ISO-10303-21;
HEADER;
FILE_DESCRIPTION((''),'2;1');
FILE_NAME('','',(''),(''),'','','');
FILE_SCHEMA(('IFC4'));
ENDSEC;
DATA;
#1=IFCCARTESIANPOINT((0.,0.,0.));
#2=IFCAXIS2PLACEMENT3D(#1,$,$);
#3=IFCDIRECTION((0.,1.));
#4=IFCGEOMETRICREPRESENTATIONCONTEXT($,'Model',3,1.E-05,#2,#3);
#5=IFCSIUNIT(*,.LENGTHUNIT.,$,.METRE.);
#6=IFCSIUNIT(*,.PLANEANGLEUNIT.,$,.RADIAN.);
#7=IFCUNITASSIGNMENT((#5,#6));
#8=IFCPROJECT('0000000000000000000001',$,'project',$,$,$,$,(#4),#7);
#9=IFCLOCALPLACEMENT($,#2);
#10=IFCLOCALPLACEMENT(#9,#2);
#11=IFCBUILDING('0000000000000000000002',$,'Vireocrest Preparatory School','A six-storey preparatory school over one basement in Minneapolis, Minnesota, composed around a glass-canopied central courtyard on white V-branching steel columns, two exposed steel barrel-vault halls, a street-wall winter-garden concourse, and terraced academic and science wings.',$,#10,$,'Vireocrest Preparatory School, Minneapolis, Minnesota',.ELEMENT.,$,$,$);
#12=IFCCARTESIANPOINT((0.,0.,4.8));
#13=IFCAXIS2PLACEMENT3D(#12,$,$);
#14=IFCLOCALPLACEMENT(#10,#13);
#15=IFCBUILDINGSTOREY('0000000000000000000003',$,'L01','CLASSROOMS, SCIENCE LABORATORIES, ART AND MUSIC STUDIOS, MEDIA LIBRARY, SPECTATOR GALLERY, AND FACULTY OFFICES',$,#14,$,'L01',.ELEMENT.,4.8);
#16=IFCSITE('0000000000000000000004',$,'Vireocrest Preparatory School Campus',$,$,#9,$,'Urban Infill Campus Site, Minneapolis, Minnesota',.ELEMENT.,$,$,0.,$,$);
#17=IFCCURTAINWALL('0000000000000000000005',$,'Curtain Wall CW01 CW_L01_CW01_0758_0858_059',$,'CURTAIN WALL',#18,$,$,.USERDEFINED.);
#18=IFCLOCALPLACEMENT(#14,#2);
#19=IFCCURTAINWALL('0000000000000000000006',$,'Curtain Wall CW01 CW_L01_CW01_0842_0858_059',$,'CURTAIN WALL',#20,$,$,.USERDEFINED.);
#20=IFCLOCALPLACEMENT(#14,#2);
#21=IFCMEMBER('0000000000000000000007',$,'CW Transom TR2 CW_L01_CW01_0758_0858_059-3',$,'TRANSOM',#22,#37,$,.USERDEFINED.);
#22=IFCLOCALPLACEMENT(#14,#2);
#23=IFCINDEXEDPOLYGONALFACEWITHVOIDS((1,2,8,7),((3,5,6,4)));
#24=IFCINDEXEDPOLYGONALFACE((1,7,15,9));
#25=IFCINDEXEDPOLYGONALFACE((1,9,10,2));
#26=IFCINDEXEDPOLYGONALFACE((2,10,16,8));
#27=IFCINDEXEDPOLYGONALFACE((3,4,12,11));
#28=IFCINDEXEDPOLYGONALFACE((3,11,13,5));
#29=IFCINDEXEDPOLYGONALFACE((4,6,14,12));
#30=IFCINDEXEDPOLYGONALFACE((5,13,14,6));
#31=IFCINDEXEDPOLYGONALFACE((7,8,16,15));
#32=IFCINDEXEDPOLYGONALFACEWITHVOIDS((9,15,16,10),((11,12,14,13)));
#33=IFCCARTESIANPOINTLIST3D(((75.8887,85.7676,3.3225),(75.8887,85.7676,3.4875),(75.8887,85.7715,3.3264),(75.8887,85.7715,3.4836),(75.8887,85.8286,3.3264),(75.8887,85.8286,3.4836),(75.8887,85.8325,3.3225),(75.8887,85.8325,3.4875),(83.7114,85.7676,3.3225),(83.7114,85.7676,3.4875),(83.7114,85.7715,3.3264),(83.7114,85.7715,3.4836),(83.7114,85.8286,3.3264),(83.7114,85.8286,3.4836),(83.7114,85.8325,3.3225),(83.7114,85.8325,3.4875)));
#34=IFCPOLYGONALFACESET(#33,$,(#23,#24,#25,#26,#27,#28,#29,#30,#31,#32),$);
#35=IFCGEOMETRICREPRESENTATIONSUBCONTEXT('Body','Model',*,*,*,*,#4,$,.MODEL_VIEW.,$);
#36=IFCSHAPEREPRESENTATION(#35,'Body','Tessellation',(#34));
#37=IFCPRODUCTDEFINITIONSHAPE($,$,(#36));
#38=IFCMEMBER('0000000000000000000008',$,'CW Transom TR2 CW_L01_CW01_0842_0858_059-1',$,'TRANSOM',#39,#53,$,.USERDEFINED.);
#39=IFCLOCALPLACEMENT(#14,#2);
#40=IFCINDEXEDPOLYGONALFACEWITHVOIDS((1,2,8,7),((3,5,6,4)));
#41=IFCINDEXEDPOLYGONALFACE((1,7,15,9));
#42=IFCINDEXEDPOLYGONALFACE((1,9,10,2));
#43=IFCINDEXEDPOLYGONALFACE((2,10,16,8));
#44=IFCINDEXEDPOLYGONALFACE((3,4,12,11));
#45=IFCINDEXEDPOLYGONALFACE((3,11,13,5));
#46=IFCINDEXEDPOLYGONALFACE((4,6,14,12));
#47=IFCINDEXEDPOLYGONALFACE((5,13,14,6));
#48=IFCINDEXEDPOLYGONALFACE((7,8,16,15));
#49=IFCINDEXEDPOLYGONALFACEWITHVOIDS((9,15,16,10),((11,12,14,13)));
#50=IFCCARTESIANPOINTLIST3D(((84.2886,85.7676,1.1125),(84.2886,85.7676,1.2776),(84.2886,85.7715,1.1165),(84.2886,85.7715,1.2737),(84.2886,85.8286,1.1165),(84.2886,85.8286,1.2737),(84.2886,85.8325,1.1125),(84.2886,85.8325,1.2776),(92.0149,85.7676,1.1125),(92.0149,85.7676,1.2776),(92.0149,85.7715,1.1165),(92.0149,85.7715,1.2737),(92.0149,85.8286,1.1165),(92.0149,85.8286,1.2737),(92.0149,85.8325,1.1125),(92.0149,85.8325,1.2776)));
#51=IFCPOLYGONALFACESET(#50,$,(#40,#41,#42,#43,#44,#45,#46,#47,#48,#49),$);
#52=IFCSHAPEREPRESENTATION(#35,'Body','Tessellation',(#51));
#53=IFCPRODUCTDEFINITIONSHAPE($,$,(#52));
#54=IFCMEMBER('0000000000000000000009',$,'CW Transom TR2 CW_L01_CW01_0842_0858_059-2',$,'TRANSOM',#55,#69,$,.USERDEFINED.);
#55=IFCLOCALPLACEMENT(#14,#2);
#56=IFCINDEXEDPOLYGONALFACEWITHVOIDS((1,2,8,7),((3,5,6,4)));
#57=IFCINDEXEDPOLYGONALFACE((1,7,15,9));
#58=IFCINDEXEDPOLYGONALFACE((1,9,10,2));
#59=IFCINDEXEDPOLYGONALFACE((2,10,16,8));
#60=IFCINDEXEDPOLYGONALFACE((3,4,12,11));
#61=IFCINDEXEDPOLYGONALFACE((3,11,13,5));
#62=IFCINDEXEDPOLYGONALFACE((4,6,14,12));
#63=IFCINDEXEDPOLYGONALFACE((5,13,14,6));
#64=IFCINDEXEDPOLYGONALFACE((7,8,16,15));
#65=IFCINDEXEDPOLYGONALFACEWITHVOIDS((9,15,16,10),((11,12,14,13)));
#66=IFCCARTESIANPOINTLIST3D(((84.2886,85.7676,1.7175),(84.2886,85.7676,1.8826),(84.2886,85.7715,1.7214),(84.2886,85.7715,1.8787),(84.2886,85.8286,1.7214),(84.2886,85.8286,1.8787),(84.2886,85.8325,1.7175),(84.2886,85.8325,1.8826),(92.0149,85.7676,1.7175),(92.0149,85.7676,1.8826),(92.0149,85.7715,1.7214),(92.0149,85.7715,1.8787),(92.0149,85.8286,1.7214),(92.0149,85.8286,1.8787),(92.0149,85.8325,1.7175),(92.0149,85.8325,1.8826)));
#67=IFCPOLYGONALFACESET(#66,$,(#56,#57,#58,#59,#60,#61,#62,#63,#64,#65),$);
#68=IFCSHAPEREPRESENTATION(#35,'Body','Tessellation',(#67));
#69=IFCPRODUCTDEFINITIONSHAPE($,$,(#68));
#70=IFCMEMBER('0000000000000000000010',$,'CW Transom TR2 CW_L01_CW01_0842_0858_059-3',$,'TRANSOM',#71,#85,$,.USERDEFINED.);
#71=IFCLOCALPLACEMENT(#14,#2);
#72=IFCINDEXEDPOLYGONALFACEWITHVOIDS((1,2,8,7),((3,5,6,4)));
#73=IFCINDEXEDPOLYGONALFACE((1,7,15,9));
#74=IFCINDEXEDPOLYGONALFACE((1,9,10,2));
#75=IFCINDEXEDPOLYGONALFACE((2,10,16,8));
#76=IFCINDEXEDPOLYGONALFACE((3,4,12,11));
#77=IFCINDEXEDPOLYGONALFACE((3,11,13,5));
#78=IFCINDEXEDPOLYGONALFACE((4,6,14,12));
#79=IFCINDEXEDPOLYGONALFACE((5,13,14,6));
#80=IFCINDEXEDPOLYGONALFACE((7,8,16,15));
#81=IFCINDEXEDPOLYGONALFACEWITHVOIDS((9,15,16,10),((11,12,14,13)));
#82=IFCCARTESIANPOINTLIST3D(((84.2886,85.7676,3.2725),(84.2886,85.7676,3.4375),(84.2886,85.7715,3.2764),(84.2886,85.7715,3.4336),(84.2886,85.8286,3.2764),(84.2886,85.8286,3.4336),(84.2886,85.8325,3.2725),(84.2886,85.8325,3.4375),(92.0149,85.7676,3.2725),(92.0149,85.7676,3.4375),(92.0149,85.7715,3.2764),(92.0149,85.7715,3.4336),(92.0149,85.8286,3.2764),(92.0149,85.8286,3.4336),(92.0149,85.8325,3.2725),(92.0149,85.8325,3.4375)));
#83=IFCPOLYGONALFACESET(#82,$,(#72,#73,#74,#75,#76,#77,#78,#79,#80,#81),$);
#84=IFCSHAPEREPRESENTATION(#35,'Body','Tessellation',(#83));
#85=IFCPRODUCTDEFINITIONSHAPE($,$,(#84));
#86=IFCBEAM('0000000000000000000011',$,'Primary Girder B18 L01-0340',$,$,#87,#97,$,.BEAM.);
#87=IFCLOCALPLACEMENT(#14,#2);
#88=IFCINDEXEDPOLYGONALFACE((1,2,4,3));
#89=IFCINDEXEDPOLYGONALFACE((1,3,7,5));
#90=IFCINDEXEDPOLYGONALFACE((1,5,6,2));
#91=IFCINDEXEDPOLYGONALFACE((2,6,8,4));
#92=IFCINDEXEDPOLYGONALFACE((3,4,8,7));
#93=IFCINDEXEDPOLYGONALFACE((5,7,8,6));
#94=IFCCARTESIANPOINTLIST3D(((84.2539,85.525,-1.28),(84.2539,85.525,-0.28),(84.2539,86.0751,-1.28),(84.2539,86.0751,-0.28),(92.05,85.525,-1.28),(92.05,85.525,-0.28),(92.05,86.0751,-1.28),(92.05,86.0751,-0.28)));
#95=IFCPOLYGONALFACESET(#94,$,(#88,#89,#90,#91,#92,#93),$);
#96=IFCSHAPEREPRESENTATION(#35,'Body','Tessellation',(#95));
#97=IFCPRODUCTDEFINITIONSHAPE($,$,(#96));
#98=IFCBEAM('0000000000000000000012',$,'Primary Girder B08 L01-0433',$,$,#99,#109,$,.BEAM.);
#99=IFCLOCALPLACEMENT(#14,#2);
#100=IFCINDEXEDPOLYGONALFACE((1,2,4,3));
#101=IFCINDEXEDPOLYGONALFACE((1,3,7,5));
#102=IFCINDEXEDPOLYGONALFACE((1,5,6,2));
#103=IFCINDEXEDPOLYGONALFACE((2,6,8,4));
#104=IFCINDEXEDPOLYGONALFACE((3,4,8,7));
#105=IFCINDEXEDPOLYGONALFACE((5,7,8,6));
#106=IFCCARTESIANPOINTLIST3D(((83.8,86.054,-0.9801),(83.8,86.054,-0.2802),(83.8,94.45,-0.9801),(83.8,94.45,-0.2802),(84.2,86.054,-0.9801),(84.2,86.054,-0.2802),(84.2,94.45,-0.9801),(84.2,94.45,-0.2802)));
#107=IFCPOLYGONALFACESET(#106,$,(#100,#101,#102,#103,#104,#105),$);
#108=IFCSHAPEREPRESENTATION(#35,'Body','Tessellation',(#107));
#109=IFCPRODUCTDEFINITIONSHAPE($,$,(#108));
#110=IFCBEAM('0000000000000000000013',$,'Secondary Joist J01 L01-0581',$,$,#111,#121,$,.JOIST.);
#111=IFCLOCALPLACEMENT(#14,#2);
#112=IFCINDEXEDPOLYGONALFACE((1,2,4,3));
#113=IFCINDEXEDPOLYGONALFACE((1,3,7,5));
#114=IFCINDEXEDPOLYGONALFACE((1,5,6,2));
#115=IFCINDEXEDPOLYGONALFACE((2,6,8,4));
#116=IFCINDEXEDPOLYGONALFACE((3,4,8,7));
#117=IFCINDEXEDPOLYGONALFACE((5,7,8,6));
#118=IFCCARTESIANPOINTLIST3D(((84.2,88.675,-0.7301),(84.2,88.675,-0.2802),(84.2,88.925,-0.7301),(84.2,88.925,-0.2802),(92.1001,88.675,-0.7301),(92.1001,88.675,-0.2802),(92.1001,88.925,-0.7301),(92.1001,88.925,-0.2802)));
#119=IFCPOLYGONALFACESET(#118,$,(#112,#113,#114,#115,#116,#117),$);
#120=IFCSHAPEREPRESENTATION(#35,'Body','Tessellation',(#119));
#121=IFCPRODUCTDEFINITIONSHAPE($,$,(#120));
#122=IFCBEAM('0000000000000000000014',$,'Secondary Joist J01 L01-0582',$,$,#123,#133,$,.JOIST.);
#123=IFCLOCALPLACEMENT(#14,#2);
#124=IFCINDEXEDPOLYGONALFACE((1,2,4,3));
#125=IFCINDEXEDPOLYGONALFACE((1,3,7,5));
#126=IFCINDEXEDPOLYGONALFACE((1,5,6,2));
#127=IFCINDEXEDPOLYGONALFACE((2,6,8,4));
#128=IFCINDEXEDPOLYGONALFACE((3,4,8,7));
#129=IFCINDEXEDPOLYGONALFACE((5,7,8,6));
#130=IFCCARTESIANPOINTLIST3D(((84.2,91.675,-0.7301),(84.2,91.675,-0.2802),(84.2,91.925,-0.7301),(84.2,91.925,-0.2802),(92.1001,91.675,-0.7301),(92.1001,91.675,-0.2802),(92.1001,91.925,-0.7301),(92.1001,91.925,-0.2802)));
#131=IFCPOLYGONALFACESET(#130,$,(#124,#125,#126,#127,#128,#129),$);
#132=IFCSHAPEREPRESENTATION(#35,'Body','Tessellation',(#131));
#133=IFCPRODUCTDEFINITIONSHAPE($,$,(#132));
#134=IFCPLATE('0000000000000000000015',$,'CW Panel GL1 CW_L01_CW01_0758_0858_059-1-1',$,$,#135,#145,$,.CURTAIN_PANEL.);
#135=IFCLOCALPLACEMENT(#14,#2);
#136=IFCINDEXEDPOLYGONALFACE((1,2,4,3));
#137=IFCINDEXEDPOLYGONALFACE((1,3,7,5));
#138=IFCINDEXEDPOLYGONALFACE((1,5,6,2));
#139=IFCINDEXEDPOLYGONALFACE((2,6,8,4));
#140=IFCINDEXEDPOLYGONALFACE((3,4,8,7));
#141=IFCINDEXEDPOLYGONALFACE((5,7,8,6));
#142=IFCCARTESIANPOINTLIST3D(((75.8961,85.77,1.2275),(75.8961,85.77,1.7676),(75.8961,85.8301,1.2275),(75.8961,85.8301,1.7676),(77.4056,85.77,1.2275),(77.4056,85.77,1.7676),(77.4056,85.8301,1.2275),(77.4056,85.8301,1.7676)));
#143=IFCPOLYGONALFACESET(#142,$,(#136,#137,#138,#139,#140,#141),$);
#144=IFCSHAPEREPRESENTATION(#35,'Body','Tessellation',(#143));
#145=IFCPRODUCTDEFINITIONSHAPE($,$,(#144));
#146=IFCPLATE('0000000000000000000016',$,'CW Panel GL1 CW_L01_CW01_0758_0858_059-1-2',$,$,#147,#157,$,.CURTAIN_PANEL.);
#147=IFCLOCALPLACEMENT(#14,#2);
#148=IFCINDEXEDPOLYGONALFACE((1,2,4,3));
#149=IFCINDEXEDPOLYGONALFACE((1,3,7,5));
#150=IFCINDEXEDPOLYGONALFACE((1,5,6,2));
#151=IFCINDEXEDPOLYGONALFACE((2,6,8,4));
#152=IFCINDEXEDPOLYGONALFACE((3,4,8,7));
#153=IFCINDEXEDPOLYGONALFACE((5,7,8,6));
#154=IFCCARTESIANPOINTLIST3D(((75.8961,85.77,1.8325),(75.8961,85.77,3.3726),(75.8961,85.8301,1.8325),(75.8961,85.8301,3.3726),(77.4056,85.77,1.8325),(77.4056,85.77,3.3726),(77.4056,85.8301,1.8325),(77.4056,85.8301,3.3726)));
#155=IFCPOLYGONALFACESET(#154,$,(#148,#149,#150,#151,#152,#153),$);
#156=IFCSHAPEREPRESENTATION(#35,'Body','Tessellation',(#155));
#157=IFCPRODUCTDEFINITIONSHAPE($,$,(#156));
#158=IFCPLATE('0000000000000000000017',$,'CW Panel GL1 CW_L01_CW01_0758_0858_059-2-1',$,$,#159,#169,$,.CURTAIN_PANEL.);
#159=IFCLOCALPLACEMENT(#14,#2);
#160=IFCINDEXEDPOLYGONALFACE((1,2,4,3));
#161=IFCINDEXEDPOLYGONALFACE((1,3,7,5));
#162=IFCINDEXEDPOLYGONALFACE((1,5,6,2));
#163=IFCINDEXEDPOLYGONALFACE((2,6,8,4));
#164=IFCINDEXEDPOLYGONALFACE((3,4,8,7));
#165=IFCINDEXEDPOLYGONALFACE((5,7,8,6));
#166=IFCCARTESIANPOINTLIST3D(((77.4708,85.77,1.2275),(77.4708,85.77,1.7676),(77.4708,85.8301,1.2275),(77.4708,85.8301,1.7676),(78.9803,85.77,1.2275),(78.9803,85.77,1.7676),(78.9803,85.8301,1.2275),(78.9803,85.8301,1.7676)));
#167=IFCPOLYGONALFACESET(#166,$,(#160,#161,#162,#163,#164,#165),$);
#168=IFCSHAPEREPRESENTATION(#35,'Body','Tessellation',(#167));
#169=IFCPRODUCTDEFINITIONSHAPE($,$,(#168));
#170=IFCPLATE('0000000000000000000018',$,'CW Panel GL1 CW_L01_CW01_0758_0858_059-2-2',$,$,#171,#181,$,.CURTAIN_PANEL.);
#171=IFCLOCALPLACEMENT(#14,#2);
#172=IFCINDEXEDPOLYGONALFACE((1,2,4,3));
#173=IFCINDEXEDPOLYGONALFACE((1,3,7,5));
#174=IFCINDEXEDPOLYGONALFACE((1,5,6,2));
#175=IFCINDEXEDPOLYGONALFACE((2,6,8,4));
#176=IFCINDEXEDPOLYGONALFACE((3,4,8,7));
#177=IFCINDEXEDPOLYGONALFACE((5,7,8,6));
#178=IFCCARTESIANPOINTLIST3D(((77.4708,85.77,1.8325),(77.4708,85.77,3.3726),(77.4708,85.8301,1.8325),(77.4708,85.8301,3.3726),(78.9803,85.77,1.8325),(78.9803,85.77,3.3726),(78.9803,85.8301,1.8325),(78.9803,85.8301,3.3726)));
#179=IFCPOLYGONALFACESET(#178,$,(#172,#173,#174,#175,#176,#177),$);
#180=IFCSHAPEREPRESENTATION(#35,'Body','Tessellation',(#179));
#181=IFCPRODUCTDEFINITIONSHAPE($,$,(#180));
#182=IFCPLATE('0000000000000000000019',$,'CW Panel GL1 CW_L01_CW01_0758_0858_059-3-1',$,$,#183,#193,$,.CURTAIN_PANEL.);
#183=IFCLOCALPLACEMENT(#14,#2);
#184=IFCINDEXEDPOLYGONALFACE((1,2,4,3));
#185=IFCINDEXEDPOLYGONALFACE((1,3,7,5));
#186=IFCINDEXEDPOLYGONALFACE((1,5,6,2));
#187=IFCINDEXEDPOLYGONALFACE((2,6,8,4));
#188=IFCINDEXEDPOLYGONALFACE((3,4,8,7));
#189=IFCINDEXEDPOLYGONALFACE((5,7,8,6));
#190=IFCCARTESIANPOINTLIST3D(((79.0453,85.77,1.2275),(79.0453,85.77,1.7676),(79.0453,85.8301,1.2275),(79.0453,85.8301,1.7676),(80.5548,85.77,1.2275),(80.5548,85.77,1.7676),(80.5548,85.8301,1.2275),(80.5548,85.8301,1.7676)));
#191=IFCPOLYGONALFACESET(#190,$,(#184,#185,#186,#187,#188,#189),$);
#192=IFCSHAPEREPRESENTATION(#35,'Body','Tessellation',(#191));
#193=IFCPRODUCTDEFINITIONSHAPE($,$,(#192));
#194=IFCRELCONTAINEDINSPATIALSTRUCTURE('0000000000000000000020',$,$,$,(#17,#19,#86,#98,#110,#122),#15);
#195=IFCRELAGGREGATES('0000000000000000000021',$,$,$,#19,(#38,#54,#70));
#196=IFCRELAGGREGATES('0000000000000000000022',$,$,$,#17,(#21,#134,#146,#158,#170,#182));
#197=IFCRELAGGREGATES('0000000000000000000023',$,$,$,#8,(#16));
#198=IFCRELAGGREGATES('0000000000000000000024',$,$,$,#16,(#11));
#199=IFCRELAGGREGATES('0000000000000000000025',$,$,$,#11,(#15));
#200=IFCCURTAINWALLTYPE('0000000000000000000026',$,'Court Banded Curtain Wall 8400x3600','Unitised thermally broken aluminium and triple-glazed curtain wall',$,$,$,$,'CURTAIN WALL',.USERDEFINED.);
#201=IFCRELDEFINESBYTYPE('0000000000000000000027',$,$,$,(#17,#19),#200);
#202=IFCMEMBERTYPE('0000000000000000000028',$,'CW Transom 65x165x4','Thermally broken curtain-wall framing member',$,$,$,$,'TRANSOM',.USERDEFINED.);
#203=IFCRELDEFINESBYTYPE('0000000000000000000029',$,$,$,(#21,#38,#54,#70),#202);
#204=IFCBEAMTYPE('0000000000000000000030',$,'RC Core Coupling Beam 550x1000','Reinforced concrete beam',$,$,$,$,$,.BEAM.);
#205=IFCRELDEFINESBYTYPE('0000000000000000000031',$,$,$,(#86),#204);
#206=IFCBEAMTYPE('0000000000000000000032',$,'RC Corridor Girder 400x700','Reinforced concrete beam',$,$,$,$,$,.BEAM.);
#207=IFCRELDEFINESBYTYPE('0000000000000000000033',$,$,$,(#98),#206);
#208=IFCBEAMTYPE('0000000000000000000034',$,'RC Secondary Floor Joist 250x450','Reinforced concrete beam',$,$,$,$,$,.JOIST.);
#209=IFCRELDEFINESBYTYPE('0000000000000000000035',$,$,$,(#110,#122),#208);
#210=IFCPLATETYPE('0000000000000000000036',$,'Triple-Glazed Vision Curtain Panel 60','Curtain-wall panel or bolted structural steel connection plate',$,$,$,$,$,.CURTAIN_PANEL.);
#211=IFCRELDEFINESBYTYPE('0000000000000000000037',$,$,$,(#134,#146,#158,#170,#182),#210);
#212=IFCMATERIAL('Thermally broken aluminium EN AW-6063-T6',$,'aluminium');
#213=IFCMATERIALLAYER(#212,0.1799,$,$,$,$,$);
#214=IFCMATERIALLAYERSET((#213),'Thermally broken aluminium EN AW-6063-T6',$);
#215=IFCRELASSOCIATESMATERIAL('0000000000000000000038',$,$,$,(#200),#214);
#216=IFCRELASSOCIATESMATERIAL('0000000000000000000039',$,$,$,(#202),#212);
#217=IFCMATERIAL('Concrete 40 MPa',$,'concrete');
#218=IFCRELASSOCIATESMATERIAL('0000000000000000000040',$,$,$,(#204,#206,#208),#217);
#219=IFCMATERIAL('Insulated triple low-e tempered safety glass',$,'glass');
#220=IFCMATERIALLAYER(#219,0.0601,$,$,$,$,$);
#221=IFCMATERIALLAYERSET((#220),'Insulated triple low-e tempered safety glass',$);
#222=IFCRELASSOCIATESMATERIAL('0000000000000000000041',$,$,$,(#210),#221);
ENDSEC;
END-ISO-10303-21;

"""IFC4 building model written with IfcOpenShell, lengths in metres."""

from ifc_helpers import new_model, si_unit, direction, frame, origin, origin_2d, place, context, subcontext, project, spatial, rectangle, hollow_rectangle, extrude, material, layer, layer_set, material_profile, profile_set, type_object, element, aggregate, save


model = new_model("IFC4")

# Units and contexts
model_context = context("Model", 3, precision=1e-05, world=origin(), true_north=direction((0.0, 1.0)))
body_context = subcontext(model_context, "Body", "Model", "MODEL_VIEW")
ifc_project = project(units=[si_unit("LENGTHUNIT", "METRE"), si_unit("PLANEANGLEUNIT", "RADIAN")], contexts=[model_context])

# Site, building, storey
site_placement = place(None, origin())
site = spatial("IfcSite", under=ifc_project, at=site_placement, Name="Vireocrest Preparatory School Campus", LongName="Urban Infill Campus Site, Minneapolis, Minnesota", CompositionType="ELEMENT", RefElevation=0.0)
building_placement = place(site_placement, origin())
building = spatial("IfcBuilding", under=site, at=building_placement, Name="Vireocrest Preparatory School", Description="A six-storey preparatory school over one basement in Minneapolis, Minnesota, composed around a glass-canopied central courtyard on white V-branching steel columns, two exposed steel barrel-vault halls, a street-wall winter-garden concourse, and terraced academic and science wings.", LongName="Vireocrest Preparatory School, Minneapolis, Minnesota", CompositionType="ELEMENT")
storey_placement = place(building_placement, frame((0.0, 0.0, 4.8)))
storey = spatial("IfcBuildingStorey", under=building, at=storey_placement, Name="L01", Description="CLASSROOMS, SCIENCE LABORATORIES, ART AND MUSIC STUDIOS, MEDIA LIBRARY, SPECTATOR GALLERY, AND FACULTY OFFICES", LongName="L01", CompositionType="ELEMENT", Elevation=4.8)

# Curtain wall
ifc_material_1 = material(Name="Thermally broken aluminium EN AW-6063-T6", Category="aluminium")
ifc_layer_1 = layer(ifc_material_1, 0.1799)
ifc_layer_set_1 = layer_set([ifc_layer_1], Name="Thermally broken aluminium EN AW-6063-T6")
curtain_wall_type = type_object("IfcCurtainWallType", Name="Court Banded Curtain Wall 8400x3600", Description="Unitised thermally broken aluminium and triple-glazed curtain wall", ElementType="CURTAIN WALL", PredefinedType="USERDEFINED", material=ifc_layer_set_1)
curtain_wall_1_placement = place(storey_placement, origin())
curtain_wall_1 = element("IfcCurtainWall", 1, at=curtain_wall_1_placement, inside=storey, type_object=curtain_wall_type, Name="Curtain Wall CW01 CW_L01_CW01_0758_0858_059", ObjectType="CURTAIN WALL", PredefinedType="USERDEFINED")

# Curtain wall
curtain_wall_2_placement = place(storey_placement, origin())
curtain_wall_2 = element("IfcCurtainWall", 2, at=curtain_wall_2_placement, inside=storey, type_object=curtain_wall_type, Name="Curtain Wall CW01 CW_L01_CW01_0842_0858_059", ObjectType="CURTAIN WALL", PredefinedType="USERDEFINED")

# Members
ifc_material_profile_1 = material_profile(ifc_material_1, hollow_rectangle(XDim=0.0649, YDim=0.165, WallThickness=0.0039, at=origin_2d()), Name="ALU 65x165x4")
ifc_profile_set_1 = profile_set([ifc_material_profile_1], Name="Thermally broken aluminium EN AW-6063-T6")
member_type_1 = type_object("IfcMemberType", Name="CW Transom 65x165x4", Description="Thermally broken curtain-wall framing member", ElementType="TRANSOM", PredefinedType="USERDEFINED", material=ifc_profile_set_1)
member_1_placement = place(storey_placement, frame((75.8887, 85.8, 3.405), z_axis=(1.0, 0.0, 0.0), x_axis=(0.0, 1.0, 0.0)))
member_1 = element("IfcMember", 3, at=member_1_placement, type_object=member_type_1, Name="CW Transom TR2 CW_L01_CW01_0758_0858_059-3", ObjectType="TRANSOM", PredefinedType="USERDEFINED", context=body_context, shape_type="SweptSolid", body=[
    extrude(hollow_rectangle(XDim=0.0649, YDim=0.165, WallThickness=0.0039, at=origin_2d()), origin(), (0.0, 0.0, 1.0), 7.8228),
])
member_2_placement = place(storey_placement, frame((84.2886, 85.8, 1.1951), z_axis=(1.0, 0.0, 0.0), x_axis=(0.0, 1.0, 0.0)))
member_2 = element("IfcMember", 4, at=member_2_placement, type_object=member_type_1, Name="CW Transom TR2 CW_L01_CW01_0842_0858_059-1", ObjectType="TRANSOM", PredefinedType="USERDEFINED", context=body_context, shape_type="SweptSolid", body=[
    extrude(hollow_rectangle(XDim=0.0649, YDim=0.165, WallThickness=0.0039, at=origin_2d()), origin(), (0.0, 0.0, 1.0), 7.7263),
])
member_3_placement = place(storey_placement, frame((84.2886, 85.8, 1.8), z_axis=(1.0, 0.0, 0.0), x_axis=(0.0, 1.0, 0.0)))
member_3 = element("IfcMember", 5, at=member_3_placement, type_object=member_type_1, Name="CW Transom TR2 CW_L01_CW01_0842_0858_059-2", ObjectType="TRANSOM", PredefinedType="USERDEFINED", context=body_context, shape_type="SweptSolid", body=[
    extrude(hollow_rectangle(XDim=0.0649, YDim=0.165, WallThickness=0.0039, at=origin_2d()), origin(), (0.0, 0.0, 1.0), 7.7263),
])
member_4_placement = place(storey_placement, frame((84.2886, 85.8, 3.355), z_axis=(1.0, 0.0, 0.0), x_axis=(0.0, 1.0, 0.0)))
member_4 = element("IfcMember", 6, at=member_4_placement, type_object=member_type_1, Name="CW Transom TR2 CW_L01_CW01_0842_0858_059-3", ObjectType="TRANSOM", PredefinedType="USERDEFINED", context=body_context, shape_type="SweptSolid", body=[
    extrude(hollow_rectangle(XDim=0.0649, YDim=0.165, WallThickness=0.0039, at=origin_2d()), origin(), (0.0, 0.0, 1.0), 7.7263),
])
aggregate(curtain_wall_2, [member_2, member_3, member_4])

# Beams
ifc_material_2 = material(Name="Concrete 40 MPa", Category="concrete")
ifc_material_profile_2 = material_profile(ifc_material_2, rectangle(XDim=0.55, YDim=1.0, at=origin_2d()), Name="RC 550x1000")
ifc_profile_set_2 = profile_set([ifc_material_profile_2], Name="Concrete 40 MPa")
beam_type_1 = type_object("IfcBeamType", Name="RC Core Coupling Beam 550x1000", Description="Reinforced concrete beam", PredefinedType="BEAM", material=ifc_profile_set_2)
beam_1_placement = place(storey_placement, frame((84.2539, 85.8, -0.78), z_axis=(1.0, 0.0, 0.0), x_axis=(0.0, 1.0, 0.0)))
element("IfcBeam", 7, at=beam_1_placement, inside=storey, type_object=beam_type_1, Name="Primary Girder B18 L01-0340", PredefinedType="BEAM", context=body_context, shape_type="SweptSolid", body=[
    extrude(rectangle(XDim=0.55, YDim=1.0, at=origin_2d()), origin(), (0.0, 0.0, 1.0), 7.7961),
])
ifc_material_profile_3 = material_profile(ifc_material_2, rectangle(XDim=0.3999, YDim=0.7, at=origin_2d()), Name="RC 400x700")
ifc_profile_set_3 = profile_set([ifc_material_profile_3], Name="Concrete 40 MPa")
beam_type_2 = type_object("IfcBeamType", Name="RC Corridor Girder 400x700", Description="Reinforced concrete beam", PredefinedType="BEAM", material=ifc_profile_set_3)
beam_2_placement = place(storey_placement, frame((84.0, 86.054, -0.6301), z_axis=(0.0, 1.0, 0.0), x_axis=(-1.0, 0.0, 0.0)))
element("IfcBeam", 8, at=beam_2_placement, inside=storey, type_object=beam_type_2, Name="Primary Girder B08 L01-0433", PredefinedType="BEAM", context=body_context, shape_type="SweptSolid", body=[
    extrude(rectangle(XDim=0.3999, YDim=0.7, at=origin_2d()), origin(), (0.0, 0.0, 1.0), 8.396),
])
ifc_material_profile_4 = material_profile(ifc_material_2, rectangle(XDim=0.25, YDim=0.45, at=origin_2d()), Name="RC 250x450")
ifc_profile_set_4 = profile_set([ifc_material_profile_4], Name="Concrete 40 MPa")
beam_type_3 = type_object("IfcBeamType", Name="RC Secondary Floor Joist 250x450", Description="Reinforced concrete beam", PredefinedType="JOIST", material=ifc_profile_set_4)
for number, where, z_axis, x_axis, name in (
    (9, (84.2, 88.8, -0.5051), (1.0, 0.0, 0.0), (0.0, 1.0, 0.0), "Secondary Joist J01 L01-0581"),
    (10, (84.2, 91.8, -0.5051), (1.0, 0.0, 0.0), (0.0, 1.0, 0.0), "Secondary Joist J01 L01-0582"),
):
    element("IfcBeam", number, at=place(storey_placement, frame(where, z_axis=z_axis, x_axis=x_axis)), inside=storey, type_object=beam_type_3, Name=name, PredefinedType="JOIST", context=body_context, shape_type="SweptSolid", body=[
        extrude(rectangle(XDim=0.25, YDim=0.45, at=origin_2d()), origin(), (0.0, 0.0, 1.0), 7.9001),
    ])

# Plates
ifc_material_3 = material(Name="Insulated triple low-e tempered safety glass", Category="glass")
ifc_layer_2 = layer(ifc_material_3, 0.0601)
ifc_layer_set_2 = layer_set([ifc_layer_2], Name="Insulated triple low-e tempered safety glass")
plate_type = type_object("IfcPlateType", Name="Triple-Glazed Vision Curtain Panel 60", Description="Curtain-wall panel or bolted structural steel connection plate", PredefinedType="CURTAIN_PANEL", material=ifc_layer_set_2)
plate_1_placement = place(storey_placement, frame((76.6509, 85.8, 1.2275), z_axis=(0.0, 0.0, 1.0), x_axis=(1.0, 0.0, 0.0)))
plate_1 = element("IfcPlate", 11, at=plate_1_placement, type_object=plate_type, Name="CW Panel GL1 CW_L01_CW01_0758_0858_059-1-1", PredefinedType="CURTAIN_PANEL", context=body_context, shape_type="SweptSolid", body=[
    extrude(rectangle(XDim=1.5095, YDim=0.0601, at=origin_2d()), origin(), (0.0, 0.0, 1.0), 0.54),
])
plate_2_placement = place(storey_placement, frame((76.6509, 85.8, 1.8325), z_axis=(0.0, 0.0, 1.0), x_axis=(1.0, 0.0, 0.0)))
plate_2 = element("IfcPlate", 12, at=plate_2_placement, type_object=plate_type, Name="CW Panel GL1 CW_L01_CW01_0758_0858_059-1-2", PredefinedType="CURTAIN_PANEL", context=body_context, shape_type="SweptSolid", body=[
    extrude(rectangle(XDim=1.5095, YDim=0.0601, at=origin_2d()), origin(), (0.0, 0.0, 1.0), 1.54),
])
plate_3_placement = place(storey_placement, frame((78.2256, 85.8, 1.2275), z_axis=(0.0, 0.0, 1.0), x_axis=(1.0, 0.0, 0.0)))
plate_3 = element("IfcPlate", 13, at=plate_3_placement, type_object=plate_type, Name="CW Panel GL1 CW_L01_CW01_0758_0858_059-2-1", PredefinedType="CURTAIN_PANEL", context=body_context, shape_type="SweptSolid", body=[
    extrude(rectangle(XDim=1.5095, YDim=0.0601, at=origin_2d()), origin(), (0.0, 0.0, 1.0), 0.54),
])
plate_4_placement = place(storey_placement, frame((78.2256, 85.8, 1.8325), z_axis=(0.0, 0.0, 1.0), x_axis=(1.0, 0.0, 0.0)))
plate_4 = element("IfcPlate", 14, at=plate_4_placement, type_object=plate_type, Name="CW Panel GL1 CW_L01_CW01_0758_0858_059-2-2", PredefinedType="CURTAIN_PANEL", context=body_context, shape_type="SweptSolid", body=[
    extrude(rectangle(XDim=1.5095, YDim=0.0601, at=origin_2d()), origin(), (0.0, 0.0, 1.0), 1.54),
])
plate_5_placement = place(storey_placement, frame((79.8, 85.8, 1.2275), z_axis=(0.0, 0.0, 1.0), x_axis=(1.0, 0.0, 0.0)))
plate_5 = element("IfcPlate", 15, at=plate_5_placement, type_object=plate_type, Name="CW Panel GL1 CW_L01_CW01_0758_0858_059-3-1", PredefinedType="CURTAIN_PANEL", context=body_context, shape_type="SweptSolid", body=[
    extrude(rectangle(XDim=1.5095, YDim=0.0601, at=origin_2d()), origin(), (0.0, 0.0, 1.0), 0.54),
])
aggregate(curtain_wall_1, [member_1, plate_1, plate_2, plate_3, plate_4, plate_5])

save(model, "model.ifc")
